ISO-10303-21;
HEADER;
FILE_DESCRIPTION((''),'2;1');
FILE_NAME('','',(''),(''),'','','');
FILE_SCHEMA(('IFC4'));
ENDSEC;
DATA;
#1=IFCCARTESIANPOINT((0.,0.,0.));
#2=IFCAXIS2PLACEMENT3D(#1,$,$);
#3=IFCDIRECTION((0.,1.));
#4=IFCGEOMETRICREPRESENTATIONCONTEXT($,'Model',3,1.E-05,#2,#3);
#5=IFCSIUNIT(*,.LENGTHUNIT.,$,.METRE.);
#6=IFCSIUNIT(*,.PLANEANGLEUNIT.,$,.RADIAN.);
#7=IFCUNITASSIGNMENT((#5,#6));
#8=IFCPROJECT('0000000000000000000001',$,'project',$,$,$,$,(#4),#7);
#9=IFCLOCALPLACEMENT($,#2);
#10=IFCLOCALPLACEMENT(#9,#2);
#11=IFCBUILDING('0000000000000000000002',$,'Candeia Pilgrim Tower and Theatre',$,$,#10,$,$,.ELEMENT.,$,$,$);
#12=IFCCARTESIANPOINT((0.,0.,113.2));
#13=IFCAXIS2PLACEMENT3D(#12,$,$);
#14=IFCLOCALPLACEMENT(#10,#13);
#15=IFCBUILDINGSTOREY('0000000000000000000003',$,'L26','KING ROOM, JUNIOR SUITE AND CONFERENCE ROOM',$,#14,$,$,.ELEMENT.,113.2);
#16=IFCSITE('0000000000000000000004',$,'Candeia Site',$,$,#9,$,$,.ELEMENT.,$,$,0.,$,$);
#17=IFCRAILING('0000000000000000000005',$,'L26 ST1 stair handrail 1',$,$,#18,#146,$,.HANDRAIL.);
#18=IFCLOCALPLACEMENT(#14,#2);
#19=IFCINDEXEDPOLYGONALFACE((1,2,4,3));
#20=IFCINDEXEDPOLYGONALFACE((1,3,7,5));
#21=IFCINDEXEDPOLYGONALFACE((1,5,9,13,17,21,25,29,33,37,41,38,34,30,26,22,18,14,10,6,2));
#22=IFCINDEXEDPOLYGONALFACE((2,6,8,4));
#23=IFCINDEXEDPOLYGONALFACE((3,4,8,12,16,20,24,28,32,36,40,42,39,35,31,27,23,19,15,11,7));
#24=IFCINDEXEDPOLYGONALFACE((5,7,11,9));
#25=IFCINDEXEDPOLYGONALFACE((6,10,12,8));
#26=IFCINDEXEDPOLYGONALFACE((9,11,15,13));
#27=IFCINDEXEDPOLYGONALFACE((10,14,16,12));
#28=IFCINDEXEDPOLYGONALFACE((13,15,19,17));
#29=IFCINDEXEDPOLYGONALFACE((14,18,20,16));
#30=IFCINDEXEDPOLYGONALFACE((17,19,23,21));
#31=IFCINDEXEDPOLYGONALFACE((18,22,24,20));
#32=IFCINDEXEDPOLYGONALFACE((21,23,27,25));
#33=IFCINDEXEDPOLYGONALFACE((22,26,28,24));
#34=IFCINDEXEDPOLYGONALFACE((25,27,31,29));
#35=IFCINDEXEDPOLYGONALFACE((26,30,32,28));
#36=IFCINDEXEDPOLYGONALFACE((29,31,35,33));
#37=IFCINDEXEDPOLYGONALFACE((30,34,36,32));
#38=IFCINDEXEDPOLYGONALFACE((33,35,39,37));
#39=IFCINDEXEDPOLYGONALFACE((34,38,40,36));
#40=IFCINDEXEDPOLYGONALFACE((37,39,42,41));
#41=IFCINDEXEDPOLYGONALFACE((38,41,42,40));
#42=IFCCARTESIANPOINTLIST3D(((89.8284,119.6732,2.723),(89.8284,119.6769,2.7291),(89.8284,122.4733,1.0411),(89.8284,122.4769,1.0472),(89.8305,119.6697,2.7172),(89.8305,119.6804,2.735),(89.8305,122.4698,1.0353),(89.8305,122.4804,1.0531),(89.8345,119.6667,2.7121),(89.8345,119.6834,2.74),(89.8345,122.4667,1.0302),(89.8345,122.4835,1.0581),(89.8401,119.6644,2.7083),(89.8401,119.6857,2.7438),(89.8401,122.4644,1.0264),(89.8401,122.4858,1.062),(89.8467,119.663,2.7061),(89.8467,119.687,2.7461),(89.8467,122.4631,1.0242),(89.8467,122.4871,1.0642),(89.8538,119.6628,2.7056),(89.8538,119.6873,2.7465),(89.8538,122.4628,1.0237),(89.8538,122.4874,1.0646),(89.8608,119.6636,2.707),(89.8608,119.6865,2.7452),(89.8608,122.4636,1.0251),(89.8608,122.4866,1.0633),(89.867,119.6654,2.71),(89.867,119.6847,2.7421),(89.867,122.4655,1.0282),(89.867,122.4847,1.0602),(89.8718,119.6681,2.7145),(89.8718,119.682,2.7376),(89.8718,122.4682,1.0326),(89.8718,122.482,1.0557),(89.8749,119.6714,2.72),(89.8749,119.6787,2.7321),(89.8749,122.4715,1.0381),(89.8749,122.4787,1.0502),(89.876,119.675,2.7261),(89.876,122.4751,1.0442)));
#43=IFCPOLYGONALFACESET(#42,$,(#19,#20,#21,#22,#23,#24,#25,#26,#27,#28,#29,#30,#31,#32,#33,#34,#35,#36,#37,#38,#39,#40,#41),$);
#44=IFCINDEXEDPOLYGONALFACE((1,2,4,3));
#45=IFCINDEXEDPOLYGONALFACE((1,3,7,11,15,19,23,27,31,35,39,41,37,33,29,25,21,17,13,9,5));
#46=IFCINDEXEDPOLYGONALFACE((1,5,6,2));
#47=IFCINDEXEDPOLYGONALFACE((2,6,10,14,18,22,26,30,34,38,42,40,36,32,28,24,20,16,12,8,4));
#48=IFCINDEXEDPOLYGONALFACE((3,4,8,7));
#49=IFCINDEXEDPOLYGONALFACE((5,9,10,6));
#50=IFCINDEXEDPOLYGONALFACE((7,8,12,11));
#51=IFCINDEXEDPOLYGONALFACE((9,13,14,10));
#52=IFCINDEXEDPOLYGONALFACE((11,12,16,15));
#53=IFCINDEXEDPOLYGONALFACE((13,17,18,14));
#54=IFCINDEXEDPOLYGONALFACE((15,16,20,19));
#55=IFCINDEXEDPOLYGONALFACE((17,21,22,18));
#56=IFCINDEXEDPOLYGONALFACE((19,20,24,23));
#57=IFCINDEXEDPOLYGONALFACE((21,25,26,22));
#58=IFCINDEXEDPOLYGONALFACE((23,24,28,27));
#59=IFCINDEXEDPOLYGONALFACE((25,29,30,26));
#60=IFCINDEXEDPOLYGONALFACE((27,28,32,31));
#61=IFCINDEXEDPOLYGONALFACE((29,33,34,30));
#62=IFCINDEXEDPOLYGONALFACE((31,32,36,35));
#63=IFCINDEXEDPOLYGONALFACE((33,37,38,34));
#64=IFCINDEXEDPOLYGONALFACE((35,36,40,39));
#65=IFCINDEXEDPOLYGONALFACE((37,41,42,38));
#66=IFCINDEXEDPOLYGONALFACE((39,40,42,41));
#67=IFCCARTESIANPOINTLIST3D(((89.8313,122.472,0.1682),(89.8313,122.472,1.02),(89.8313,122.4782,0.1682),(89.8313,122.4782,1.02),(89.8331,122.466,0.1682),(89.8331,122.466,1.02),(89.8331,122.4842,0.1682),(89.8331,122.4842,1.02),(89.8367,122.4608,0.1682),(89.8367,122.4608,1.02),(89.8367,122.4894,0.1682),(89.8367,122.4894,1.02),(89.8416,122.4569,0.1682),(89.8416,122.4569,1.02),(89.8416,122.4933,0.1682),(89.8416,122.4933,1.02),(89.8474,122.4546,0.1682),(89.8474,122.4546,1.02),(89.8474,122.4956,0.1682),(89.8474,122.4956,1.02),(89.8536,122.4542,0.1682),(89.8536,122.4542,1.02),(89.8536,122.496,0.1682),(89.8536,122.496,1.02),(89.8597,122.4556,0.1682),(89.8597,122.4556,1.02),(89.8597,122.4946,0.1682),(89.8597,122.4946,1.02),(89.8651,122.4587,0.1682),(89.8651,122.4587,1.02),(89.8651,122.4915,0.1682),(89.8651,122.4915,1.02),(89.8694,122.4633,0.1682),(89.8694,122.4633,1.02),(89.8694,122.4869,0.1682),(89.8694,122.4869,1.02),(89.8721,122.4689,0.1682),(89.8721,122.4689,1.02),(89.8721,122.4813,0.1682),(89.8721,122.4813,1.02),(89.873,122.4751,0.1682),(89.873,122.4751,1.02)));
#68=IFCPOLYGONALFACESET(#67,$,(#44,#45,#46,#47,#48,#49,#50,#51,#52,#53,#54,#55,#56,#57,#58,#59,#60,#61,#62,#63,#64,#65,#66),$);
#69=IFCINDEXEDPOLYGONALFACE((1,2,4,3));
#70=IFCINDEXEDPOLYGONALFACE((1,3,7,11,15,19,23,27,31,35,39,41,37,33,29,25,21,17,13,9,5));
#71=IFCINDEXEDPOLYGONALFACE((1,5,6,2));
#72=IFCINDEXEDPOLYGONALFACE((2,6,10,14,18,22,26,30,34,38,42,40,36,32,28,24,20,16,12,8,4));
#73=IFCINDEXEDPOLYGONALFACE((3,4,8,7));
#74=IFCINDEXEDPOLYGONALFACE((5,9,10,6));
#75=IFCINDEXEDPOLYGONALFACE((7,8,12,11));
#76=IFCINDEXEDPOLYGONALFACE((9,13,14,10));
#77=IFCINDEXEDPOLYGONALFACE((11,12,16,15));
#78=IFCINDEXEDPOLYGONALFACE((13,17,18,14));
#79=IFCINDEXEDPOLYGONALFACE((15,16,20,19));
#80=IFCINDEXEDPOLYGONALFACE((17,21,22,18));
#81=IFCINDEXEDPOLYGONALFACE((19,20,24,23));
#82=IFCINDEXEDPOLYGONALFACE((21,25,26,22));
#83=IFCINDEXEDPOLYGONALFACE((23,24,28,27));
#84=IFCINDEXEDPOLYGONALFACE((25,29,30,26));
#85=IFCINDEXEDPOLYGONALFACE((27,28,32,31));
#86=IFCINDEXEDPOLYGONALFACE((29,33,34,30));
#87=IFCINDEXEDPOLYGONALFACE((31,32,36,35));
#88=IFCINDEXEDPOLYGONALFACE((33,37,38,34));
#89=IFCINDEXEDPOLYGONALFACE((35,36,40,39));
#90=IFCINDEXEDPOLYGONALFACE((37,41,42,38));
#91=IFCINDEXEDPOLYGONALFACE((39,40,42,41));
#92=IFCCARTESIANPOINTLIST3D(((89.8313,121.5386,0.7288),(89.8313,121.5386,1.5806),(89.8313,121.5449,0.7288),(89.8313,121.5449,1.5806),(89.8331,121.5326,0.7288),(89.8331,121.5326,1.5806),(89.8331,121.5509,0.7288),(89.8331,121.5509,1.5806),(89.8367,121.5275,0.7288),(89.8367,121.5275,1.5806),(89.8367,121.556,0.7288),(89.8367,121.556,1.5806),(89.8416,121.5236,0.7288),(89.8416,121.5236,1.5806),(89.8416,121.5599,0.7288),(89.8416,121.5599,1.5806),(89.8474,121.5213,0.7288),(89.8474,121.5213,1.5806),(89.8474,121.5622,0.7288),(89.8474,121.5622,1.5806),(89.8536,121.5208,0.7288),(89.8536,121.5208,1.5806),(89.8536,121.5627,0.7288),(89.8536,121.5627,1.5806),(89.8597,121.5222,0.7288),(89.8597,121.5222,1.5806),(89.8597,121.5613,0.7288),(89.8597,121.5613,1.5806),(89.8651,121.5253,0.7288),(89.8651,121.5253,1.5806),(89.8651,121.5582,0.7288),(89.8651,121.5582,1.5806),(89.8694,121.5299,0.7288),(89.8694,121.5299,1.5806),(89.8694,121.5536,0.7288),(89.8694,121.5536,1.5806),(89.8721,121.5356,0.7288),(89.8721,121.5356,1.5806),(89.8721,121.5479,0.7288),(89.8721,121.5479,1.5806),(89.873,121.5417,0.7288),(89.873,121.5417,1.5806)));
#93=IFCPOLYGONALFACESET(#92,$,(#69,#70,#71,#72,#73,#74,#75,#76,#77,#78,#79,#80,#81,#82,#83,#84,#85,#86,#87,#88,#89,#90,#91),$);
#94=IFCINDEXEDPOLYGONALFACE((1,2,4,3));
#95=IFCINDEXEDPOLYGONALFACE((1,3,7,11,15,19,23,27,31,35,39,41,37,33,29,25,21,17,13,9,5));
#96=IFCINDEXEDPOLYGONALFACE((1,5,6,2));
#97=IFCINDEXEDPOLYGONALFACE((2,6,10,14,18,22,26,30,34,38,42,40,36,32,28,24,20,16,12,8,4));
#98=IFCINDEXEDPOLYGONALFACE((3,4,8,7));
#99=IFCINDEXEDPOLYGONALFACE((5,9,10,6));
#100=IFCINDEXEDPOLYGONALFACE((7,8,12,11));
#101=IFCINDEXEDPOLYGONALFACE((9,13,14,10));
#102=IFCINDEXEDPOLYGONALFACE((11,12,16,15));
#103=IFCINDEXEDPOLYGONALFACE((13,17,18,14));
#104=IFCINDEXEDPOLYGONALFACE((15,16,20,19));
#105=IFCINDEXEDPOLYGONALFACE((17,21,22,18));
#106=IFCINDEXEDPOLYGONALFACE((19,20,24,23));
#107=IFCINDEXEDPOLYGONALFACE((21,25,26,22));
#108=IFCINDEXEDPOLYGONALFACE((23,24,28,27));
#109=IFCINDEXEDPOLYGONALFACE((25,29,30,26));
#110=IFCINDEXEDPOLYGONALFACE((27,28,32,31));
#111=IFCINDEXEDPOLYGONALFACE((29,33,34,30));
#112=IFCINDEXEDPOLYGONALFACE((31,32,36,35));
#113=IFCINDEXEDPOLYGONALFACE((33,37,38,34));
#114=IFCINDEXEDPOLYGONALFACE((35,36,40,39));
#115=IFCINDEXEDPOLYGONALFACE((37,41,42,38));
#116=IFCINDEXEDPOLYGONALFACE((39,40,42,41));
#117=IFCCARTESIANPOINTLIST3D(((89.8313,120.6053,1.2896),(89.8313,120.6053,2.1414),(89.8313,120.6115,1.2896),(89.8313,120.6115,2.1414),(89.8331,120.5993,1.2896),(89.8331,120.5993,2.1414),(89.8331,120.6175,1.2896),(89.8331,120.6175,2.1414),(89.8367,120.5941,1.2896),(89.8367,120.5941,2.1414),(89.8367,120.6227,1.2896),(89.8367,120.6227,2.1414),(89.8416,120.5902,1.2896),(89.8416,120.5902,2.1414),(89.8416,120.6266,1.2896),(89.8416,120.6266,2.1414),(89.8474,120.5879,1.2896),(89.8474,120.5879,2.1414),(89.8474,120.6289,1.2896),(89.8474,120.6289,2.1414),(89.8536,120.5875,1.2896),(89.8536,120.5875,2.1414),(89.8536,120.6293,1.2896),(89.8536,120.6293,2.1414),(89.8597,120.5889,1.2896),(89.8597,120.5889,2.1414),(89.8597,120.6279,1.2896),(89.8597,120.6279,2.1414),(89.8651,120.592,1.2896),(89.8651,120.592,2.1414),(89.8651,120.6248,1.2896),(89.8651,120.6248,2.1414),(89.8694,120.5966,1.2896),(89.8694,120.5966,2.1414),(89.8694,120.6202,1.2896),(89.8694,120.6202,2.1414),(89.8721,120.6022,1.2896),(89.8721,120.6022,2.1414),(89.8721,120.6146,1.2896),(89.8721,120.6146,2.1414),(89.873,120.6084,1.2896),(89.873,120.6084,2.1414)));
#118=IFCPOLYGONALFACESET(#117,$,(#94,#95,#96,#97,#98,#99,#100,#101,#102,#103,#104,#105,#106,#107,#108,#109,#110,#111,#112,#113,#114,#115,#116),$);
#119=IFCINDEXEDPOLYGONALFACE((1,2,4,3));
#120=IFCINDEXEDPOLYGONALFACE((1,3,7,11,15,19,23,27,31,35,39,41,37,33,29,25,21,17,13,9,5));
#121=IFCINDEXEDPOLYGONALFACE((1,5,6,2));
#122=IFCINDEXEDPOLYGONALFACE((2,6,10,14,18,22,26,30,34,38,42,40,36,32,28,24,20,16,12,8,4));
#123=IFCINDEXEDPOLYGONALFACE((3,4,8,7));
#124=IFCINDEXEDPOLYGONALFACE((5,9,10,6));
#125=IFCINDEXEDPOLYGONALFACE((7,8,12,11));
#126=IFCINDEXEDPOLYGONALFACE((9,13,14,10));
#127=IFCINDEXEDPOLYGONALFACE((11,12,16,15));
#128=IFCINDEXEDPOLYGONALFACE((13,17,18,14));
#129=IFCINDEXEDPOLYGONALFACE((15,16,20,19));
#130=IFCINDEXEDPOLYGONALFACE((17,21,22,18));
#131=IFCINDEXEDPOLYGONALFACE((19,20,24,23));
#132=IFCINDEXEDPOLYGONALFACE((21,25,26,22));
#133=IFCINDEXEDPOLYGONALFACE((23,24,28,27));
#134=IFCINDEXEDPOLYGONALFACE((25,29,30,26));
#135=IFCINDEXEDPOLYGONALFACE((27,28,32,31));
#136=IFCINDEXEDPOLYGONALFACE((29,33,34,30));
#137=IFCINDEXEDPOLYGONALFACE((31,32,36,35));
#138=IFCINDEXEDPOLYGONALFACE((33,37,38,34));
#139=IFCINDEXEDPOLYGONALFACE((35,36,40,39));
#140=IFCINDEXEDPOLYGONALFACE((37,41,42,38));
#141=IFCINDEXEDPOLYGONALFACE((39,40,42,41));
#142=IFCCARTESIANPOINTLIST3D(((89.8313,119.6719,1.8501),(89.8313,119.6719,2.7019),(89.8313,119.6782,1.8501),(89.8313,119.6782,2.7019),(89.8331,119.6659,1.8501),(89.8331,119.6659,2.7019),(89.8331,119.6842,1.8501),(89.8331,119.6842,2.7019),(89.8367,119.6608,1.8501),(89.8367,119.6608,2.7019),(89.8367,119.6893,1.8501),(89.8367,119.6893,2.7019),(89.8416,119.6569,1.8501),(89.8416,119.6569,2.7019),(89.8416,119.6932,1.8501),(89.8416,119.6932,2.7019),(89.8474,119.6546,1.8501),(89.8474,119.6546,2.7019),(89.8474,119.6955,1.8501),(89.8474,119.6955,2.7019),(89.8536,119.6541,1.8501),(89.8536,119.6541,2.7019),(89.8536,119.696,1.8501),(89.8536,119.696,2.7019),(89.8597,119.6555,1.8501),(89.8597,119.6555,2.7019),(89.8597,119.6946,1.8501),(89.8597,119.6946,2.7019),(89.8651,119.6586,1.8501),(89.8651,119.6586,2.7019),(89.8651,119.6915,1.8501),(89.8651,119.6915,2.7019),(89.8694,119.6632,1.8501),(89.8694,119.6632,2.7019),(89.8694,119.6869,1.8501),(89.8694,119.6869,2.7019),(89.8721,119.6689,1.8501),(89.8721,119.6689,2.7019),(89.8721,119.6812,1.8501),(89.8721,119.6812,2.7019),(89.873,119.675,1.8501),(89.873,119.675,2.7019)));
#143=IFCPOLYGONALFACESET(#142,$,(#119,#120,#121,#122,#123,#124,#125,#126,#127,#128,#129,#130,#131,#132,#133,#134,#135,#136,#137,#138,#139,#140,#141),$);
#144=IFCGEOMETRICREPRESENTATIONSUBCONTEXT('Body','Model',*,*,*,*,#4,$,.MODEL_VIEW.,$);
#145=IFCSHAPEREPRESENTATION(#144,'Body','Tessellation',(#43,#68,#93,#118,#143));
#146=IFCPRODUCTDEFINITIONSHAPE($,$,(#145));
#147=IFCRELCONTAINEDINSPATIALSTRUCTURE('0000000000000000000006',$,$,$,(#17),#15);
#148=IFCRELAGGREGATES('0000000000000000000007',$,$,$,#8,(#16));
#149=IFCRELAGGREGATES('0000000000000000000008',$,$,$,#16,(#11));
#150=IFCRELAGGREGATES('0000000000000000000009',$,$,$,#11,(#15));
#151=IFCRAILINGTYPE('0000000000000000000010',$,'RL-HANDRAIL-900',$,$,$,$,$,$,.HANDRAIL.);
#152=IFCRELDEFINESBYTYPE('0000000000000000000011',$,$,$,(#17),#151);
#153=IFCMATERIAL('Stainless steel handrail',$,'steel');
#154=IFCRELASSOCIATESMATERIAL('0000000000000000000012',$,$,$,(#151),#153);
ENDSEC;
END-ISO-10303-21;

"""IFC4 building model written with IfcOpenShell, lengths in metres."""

from ifc_helpers import new_model, si_unit, direction, frame, origin, origin_2d, place, context, subcontext, project, spatial, circle, extrude, material, type_object, element, save


model = new_model("IFC4")

# Units and contexts
model_context = context("Model", 3, precision=1e-05, world=origin(), true_north=direction((0.0, 1.0)))
body_context = subcontext(model_context, "Body", "Model", "MODEL_VIEW")
ifc_project = project(units=[si_unit("LENGTHUNIT", "METRE"), si_unit("PLANEANGLEUNIT", "RADIAN")], contexts=[model_context])

# Site, building, storey
site_placement = place(None, origin())
site = spatial("IfcSite", under=ifc_project, at=site_placement, Name="Candeia Site", CompositionType="ELEMENT", RefElevation=0.0)
building_placement = place(site_placement, origin())
building = spatial("IfcBuilding", under=site, at=building_placement, Name="Candeia Pilgrim Tower and Theatre", CompositionType="ELEMENT")
storey_placement = place(building_placement, frame((0.0, 0.0, 113.2)))
storey = spatial("IfcBuildingStorey", under=building, at=storey_placement, Name="L26", Description="KING ROOM, JUNIOR SUITE AND CONFERENCE ROOM", CompositionType="ELEMENT", Elevation=113.2)

# Railing
ifc_material_1 = material(Name="Stainless steel handrail", Category="steel")
railing_type_1 = type_object("IfcRailingType", Name="RL-HANDRAIL-900", PredefinedType="HANDRAIL", material=ifc_material_1)
for number, where, name in (
    (1, (89.8521, 122.4751, 0.1682), "L26 ST1 stair handrail 1"),
):
    element("IfcRailing", number, at=place(storey_placement, frame(where)), inside=storey, type_object=railing_type_1, Name=name, PredefinedType="HANDRAIL", context=body_context, shape_type="SweptSolid", body=[
        extrude(circle(Radius=0.0239, at=origin_2d()), frame((0.0, 0.0, 0.876), z_axis=(0.0, -0.857242, 0.514913), x_axis=(1.0, 0.0, 0.0)), (0.0, 0.0, 1.0), 3.2664),
        extrude(circle(Radius=0.021, at=origin_2d()), origin(), (0.0, 0.0, 1.0), 0.8518),
        extrude(circle(Radius=0.021, at=origin_2d()), frame((0.0, -0.9333, 0.5605)), (0.0, 0.0, 1.0), 0.8518),
        extrude(circle(Radius=0.021, at=origin_2d()), frame((0.0, -1.8667, 1.1213)), (0.0, 0.0, 1.0), 0.8518),
        extrude(circle(Radius=0.021, at=origin_2d()), frame((0.0, -2.8, 1.6819)), (0.0, 0.0, 1.0), 0.8518),
    ])

save(model, "model.ifc")
